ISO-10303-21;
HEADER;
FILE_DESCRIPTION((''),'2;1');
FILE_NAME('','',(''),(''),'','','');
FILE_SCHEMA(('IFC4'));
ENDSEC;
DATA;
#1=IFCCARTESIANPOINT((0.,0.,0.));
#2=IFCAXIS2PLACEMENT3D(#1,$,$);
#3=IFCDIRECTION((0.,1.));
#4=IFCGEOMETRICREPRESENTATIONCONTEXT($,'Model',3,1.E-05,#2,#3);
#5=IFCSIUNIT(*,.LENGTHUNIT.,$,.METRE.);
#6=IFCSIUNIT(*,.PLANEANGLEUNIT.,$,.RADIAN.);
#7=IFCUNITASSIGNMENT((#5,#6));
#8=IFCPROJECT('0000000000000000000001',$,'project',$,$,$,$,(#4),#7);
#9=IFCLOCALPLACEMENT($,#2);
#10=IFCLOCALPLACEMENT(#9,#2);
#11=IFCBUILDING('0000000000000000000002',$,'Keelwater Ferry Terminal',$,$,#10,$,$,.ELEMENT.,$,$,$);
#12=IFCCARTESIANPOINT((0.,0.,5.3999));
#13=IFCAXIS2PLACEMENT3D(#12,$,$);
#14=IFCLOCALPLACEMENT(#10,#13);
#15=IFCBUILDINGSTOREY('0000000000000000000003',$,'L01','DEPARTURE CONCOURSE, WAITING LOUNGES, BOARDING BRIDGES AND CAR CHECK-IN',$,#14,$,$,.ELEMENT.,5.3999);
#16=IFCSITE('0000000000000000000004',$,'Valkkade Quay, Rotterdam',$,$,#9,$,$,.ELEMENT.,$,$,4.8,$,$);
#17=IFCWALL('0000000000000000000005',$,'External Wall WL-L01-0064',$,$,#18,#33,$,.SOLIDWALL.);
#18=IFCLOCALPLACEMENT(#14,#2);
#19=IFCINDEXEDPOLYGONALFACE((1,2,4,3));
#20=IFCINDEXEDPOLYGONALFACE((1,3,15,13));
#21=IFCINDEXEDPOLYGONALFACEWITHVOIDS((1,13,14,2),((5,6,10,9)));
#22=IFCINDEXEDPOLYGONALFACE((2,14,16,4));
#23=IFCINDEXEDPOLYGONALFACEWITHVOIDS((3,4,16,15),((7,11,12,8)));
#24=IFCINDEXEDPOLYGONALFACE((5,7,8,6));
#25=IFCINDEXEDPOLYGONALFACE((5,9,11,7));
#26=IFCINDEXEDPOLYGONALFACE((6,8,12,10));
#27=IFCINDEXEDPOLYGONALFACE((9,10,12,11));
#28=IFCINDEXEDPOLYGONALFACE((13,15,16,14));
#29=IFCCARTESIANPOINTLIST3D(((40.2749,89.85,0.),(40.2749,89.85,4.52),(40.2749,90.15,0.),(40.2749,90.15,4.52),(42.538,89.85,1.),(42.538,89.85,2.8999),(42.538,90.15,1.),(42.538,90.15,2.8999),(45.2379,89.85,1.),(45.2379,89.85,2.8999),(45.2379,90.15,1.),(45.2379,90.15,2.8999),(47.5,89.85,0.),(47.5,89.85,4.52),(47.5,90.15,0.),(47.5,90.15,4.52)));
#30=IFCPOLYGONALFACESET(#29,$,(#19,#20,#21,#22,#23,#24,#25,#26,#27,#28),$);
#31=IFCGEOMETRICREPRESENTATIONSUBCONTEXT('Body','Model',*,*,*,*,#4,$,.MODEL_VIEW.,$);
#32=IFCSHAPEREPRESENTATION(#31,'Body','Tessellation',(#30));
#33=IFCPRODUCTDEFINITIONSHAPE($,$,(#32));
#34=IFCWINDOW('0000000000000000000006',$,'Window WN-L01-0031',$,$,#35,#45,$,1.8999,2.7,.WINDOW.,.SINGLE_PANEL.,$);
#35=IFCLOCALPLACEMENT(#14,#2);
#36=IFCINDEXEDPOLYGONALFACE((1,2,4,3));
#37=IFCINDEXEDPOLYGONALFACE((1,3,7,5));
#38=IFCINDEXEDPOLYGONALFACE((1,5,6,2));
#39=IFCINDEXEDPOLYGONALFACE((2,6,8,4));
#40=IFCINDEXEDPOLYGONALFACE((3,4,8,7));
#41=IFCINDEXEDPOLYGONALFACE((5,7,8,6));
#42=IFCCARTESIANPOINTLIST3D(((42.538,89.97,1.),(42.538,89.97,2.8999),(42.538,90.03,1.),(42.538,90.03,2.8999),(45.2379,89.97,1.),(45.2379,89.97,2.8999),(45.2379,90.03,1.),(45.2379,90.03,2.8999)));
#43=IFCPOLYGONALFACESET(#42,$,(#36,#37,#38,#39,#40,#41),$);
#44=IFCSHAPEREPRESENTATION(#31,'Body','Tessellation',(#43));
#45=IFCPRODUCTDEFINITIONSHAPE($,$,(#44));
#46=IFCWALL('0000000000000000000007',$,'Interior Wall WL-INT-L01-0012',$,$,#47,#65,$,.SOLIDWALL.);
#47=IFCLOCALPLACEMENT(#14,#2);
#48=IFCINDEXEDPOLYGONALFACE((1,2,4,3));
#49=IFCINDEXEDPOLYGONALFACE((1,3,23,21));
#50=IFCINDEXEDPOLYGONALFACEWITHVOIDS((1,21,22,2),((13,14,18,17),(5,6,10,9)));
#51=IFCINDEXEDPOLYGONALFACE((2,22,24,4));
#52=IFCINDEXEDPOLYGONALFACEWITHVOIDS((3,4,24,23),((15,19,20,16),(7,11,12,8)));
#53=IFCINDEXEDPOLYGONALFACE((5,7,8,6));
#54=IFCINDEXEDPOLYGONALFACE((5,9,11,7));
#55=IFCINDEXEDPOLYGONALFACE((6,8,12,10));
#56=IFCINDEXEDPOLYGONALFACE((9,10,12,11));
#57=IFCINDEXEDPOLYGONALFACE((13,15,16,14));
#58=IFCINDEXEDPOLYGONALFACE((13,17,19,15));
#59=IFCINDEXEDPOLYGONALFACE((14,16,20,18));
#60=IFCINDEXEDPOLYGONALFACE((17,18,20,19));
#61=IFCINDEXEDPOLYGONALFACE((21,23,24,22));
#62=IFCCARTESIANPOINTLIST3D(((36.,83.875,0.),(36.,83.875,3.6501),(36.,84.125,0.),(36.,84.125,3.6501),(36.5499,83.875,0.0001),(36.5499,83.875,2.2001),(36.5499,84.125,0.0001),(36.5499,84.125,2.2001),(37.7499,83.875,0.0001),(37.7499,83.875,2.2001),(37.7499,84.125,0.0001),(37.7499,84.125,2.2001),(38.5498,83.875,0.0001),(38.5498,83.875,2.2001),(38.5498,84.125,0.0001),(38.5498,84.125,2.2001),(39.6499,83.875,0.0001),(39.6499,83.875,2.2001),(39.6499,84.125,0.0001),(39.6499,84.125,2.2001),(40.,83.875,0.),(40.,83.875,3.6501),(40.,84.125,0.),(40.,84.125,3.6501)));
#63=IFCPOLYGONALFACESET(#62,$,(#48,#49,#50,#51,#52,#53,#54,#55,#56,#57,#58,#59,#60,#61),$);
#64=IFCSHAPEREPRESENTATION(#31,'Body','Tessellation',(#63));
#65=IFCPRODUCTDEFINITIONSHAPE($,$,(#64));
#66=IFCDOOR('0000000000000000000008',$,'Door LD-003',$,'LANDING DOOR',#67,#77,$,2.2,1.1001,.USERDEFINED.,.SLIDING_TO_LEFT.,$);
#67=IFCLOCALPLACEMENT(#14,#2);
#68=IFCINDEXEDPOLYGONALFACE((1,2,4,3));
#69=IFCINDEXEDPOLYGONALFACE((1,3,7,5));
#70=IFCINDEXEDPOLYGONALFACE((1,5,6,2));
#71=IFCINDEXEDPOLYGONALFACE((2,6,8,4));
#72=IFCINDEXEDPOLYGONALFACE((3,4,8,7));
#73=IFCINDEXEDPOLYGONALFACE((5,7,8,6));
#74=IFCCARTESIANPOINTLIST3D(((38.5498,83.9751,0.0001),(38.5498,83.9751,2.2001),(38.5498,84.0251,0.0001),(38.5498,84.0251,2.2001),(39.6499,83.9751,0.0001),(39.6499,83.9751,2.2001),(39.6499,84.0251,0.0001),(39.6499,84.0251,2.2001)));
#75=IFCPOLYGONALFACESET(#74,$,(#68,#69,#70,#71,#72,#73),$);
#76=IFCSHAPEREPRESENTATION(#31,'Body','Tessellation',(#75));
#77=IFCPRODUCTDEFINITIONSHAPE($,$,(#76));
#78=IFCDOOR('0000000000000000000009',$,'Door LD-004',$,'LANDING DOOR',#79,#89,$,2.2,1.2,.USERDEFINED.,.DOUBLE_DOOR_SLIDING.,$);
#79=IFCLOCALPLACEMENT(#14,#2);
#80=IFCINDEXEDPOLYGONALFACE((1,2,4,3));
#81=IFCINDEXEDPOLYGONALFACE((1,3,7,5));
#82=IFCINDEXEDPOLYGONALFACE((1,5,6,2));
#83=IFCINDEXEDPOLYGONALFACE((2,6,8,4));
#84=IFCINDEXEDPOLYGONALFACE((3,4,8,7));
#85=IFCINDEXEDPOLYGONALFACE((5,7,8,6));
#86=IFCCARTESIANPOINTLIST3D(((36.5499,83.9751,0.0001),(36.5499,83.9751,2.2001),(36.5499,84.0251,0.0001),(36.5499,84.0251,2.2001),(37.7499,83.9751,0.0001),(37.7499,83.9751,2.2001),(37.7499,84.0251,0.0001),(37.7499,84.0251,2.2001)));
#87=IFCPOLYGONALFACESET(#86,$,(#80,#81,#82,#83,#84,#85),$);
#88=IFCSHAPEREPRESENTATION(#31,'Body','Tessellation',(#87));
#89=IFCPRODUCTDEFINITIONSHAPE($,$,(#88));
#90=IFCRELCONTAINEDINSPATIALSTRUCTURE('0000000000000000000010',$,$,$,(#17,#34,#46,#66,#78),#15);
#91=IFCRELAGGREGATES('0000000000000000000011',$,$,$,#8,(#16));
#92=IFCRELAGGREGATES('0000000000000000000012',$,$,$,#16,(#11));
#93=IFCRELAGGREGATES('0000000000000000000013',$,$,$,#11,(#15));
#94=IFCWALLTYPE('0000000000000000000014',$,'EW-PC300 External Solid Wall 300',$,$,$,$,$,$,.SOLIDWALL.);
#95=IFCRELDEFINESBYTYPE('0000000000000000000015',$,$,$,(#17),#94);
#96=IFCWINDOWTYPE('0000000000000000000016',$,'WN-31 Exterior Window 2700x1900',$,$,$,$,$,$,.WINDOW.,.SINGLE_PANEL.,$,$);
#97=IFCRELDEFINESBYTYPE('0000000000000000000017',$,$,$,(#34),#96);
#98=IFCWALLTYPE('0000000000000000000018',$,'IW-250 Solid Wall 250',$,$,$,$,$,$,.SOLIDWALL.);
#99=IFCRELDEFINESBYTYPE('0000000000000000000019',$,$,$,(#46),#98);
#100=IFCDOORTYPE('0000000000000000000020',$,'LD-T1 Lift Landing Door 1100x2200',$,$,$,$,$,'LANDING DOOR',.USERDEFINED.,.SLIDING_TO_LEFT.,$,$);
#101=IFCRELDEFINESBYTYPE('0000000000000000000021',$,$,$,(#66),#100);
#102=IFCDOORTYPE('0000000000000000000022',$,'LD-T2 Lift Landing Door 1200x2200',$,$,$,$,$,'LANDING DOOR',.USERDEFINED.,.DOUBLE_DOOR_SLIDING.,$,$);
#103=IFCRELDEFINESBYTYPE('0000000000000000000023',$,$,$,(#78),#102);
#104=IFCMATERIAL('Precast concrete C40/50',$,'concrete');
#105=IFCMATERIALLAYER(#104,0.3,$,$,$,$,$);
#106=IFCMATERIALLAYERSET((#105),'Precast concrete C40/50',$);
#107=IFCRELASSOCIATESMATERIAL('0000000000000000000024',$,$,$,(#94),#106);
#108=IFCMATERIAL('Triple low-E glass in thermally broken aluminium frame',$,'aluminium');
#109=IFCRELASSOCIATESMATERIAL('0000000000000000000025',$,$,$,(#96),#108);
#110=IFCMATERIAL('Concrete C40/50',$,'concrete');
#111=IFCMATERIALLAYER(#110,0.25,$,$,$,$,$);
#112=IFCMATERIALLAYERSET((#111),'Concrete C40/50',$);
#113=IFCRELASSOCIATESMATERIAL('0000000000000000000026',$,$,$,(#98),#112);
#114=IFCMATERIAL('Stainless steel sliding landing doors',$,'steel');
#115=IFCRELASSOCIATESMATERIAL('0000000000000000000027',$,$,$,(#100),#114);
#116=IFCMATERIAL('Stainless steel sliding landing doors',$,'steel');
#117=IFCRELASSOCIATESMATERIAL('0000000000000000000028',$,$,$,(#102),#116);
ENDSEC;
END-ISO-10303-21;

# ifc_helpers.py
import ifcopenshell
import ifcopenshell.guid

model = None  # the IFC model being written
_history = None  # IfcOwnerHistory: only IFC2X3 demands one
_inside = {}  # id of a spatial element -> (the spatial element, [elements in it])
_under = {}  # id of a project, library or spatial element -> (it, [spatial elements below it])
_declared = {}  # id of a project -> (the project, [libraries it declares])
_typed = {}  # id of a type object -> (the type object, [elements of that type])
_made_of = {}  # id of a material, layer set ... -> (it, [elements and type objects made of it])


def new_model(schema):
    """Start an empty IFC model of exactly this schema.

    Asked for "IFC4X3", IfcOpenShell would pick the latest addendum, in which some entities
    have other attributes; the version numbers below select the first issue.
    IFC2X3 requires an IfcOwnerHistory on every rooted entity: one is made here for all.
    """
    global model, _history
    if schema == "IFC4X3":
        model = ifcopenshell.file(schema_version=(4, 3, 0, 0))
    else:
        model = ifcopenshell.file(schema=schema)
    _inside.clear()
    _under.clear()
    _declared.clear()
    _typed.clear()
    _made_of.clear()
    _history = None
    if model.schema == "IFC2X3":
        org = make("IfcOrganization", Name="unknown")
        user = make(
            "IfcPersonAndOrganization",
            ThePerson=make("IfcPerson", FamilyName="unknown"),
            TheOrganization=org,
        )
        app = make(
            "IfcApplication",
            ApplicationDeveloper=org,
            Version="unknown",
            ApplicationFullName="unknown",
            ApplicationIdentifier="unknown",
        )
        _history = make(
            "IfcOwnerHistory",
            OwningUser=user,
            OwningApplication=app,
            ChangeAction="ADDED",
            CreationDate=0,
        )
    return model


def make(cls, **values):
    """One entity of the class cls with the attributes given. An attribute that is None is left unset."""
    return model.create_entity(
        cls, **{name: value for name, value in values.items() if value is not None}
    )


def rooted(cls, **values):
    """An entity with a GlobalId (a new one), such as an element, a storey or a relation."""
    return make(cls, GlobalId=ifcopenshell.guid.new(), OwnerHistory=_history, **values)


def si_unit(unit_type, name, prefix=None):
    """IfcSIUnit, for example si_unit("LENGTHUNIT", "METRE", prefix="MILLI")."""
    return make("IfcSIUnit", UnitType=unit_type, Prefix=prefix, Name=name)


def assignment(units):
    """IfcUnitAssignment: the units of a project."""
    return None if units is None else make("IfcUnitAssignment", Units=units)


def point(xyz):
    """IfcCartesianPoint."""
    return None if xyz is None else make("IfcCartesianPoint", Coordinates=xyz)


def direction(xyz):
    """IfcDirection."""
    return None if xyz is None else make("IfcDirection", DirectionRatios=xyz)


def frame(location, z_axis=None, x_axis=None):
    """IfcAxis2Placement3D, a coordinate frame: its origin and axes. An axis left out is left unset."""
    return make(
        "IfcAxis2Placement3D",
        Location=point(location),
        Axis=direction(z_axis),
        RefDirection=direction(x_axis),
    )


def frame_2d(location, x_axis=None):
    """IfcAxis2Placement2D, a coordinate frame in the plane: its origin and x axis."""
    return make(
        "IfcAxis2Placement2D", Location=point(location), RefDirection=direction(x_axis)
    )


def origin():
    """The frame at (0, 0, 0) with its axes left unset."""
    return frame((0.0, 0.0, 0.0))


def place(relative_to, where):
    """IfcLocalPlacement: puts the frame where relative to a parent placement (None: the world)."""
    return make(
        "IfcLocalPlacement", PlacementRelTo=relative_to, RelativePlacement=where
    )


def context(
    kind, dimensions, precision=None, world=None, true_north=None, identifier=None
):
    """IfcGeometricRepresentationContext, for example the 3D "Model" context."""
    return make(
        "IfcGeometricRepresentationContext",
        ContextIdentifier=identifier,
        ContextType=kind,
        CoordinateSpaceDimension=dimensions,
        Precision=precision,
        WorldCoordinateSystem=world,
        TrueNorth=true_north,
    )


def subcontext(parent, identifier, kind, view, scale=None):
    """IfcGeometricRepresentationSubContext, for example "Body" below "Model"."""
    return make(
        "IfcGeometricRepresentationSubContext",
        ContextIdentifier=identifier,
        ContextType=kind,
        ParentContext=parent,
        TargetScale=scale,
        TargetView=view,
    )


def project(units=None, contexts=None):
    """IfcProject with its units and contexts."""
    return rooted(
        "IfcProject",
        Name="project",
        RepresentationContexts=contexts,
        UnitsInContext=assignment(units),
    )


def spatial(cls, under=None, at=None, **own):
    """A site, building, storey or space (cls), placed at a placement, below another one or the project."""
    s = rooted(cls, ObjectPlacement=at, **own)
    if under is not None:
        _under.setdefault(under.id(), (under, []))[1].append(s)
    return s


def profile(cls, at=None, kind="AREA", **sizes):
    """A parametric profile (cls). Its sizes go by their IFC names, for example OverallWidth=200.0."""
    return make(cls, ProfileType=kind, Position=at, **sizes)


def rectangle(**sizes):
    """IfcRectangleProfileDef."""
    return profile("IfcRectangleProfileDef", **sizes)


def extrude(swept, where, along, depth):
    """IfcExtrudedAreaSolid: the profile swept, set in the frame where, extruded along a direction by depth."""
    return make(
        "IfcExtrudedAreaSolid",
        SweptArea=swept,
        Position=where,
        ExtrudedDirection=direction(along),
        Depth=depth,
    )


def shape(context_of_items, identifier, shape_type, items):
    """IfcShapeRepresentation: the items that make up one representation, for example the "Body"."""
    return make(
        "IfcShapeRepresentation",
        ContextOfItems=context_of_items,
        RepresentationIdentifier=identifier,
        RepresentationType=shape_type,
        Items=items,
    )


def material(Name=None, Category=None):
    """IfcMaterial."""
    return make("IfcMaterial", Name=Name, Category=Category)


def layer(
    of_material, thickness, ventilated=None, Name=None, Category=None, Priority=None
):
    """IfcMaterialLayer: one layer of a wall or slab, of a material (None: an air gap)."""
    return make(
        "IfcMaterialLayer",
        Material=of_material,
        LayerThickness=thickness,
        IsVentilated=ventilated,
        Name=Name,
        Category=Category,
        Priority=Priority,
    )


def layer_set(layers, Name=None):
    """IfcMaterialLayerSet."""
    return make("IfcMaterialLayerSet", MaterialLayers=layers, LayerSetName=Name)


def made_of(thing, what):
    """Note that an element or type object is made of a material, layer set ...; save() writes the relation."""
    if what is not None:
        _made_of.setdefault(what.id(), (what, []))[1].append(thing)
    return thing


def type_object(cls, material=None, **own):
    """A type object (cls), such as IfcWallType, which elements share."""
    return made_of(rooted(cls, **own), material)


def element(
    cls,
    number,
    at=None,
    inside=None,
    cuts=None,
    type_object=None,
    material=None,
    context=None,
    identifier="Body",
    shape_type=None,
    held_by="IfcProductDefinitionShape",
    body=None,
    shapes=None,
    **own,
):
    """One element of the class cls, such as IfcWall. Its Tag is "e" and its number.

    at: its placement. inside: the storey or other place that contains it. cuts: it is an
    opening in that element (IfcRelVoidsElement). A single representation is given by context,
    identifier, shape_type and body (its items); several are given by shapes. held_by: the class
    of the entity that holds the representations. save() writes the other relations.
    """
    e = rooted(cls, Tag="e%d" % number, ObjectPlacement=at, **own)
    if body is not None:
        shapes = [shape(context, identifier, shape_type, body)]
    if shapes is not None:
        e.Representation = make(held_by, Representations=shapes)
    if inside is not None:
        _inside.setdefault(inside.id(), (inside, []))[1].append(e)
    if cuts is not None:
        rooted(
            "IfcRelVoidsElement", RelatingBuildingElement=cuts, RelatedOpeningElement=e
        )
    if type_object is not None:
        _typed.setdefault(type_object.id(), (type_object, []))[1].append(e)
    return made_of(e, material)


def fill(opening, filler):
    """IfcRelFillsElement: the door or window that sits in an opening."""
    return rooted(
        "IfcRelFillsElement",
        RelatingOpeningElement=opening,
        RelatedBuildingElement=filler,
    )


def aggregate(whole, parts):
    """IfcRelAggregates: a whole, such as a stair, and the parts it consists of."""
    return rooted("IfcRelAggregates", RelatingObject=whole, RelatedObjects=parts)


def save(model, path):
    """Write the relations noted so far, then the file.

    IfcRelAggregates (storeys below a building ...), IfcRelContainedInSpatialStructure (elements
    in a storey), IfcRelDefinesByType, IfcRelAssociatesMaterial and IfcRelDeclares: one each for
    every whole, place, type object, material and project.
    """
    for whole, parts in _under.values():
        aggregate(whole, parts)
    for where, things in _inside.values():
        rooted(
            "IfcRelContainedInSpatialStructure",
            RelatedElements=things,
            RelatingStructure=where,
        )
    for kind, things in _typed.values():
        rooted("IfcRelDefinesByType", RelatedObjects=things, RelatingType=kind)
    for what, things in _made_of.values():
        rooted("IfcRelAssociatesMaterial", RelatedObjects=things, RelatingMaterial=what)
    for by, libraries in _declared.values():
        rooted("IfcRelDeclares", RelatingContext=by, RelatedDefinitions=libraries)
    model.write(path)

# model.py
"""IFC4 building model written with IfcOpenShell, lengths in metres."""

from ifc_helpers import new_model, si_unit, direction, frame, frame_2d, origin, place, context, subcontext, project, spatial, rectangle, extrude, material, layer, layer_set, type_object, element, fill, save


model = new_model("IFC4")

# Units and contexts
model_context = context("Model", 3, precision=1e-05, world=origin(), true_north=direction((0.0, 1.0)))
body_context = subcontext(model_context, "Body", "Model", "MODEL_VIEW")
ifc_project = project(units=[si_unit("LENGTHUNIT", "METRE"), si_unit("PLANEANGLEUNIT", "RADIAN")], contexts=[model_context])

# Site, building, storey
site_placement = place(None, origin())
site = spatial("IfcSite", under=ifc_project, at=site_placement, Name="Valkkade Quay, Rotterdam", CompositionType="ELEMENT", RefElevation=4.8)
building_placement = place(site_placement, origin())
building = spatial("IfcBuilding", under=site, at=building_placement, Name="Keelwater Ferry Terminal", CompositionType="ELEMENT")
storey_placement = place(building_placement, frame((0.0, 0.0, 5.3999)))
storey = spatial("IfcBuildingStorey", under=building, at=storey_placement, Name="L01", Description="DEPARTURE CONCOURSE, WAITING LOUNGES, BOARDING BRIDGES AND CAR CHECK-IN", CompositionType="ELEMENT", Elevation=5.3999)

# Wall, opening, window
ifc_material_1 = material(Name="Precast concrete C40/50", Category="concrete")
ifc_layer_1 = layer(ifc_material_1, 0.3)
ifc_layer_set_1 = layer_set([ifc_layer_1], Name="Precast concrete C40/50")
wall_type_1 = type_object("IfcWallType", Name="EW-PC300 External Solid Wall 300", PredefinedType="SOLIDWALL", material=ifc_layer_set_1)
wall_1_placement = place(storey_placement, frame((40.2749, 90.0, 0.0), z_axis=(0.0, 0.0, 1.0), x_axis=(1.0, 0.0, 0.0)))
wall_1 = element("IfcWall", 1, at=wall_1_placement, inside=storey, type_object=wall_type_1, Name="External Wall WL-L01-0064", PredefinedType="SOLIDWALL", context=body_context, shape_type="SweptSolid", body=[
    extrude(rectangle(XDim=7.2251, YDim=0.3, at=frame_2d((3.6125, 0.0))), origin(), (0.0, 0.0, 1.0), 4.52),
])
opening_1_placement = place(wall_1_placement, frame((2.2629, 0.0, 1.0)))
opening_1 = element("IfcOpeningElement", 2, at=opening_1_placement, cuts=wall_1, PredefinedType="OPENING", context=body_context, shape_type="SweptSolid", body=[
    extrude(rectangle(XDim=2.7, YDim=1.8999, at=frame_2d((1.3501, 0.95))), frame((0.0, 0.1599, 0.0), z_axis=(0.0, -1.0, 0.0), x_axis=(1.0, 0.0, 0.0)), (0.0, 0.0, 1.0), 0.3201),
])
ifc_material_2 = material(Name="Triple low-E glass in thermally broken aluminium frame", Category="aluminium")
window_type = type_object("IfcWindowType", Name="WN-31 Exterior Window 2700x1900", PartitioningType="SINGLE_PANEL", PredefinedType="WINDOW", material=ifc_material_2)
window_placement = place(opening_1_placement, origin())
window = element("IfcWindow", 3, at=window_placement, inside=storey, type_object=window_type, Name="Window WN-L01-0031", OverallHeight=1.8999, OverallWidth=2.7, PartitioningType="SINGLE_PANEL", PredefinedType="WINDOW", context=body_context, shape_type="SweptSolid", body=[
    extrude(rectangle(XDim=2.7, YDim=1.8999, at=frame_2d((1.3501, 0.95))), frame((0.0, 0.03, 0.0), z_axis=(0.0, -1.0, 0.0), x_axis=(1.0, 0.0, 0.0)), (0.0, 0.0, 1.0), 0.0601),
])
fill(opening_1, window)

# Wall, openings, doors
ifc_material_3 = material(Name="Concrete C40/50", Category="concrete")
ifc_layer_2 = layer(ifc_material_3, 0.25)
ifc_layer_set_2 = layer_set([ifc_layer_2], Name="Concrete C40/50")
wall_type_2 = type_object("IfcWallType", Name="IW-250 Solid Wall 250", PredefinedType="SOLIDWALL", material=ifc_layer_set_2)
wall_2_placement = place(storey_placement, frame((40.0, 84.0, 0.0), z_axis=(0.0, 0.0, 1.0), x_axis=(-1.0, 0.0, 0.0)))
wall_2 = element("IfcWall", 4, at=wall_2_placement, inside=storey, type_object=wall_type_2, Name="Interior Wall WL-INT-L01-0012", PredefinedType="SOLIDWALL", context=body_context, shape_type="SweptSolid", body=[
    extrude(rectangle(XDim=4.0, YDim=0.25, at=frame_2d((2.0, 0.0))), origin(), (0.0, 0.0, 1.0), 3.6501),
])
opening_2_placement = place(wall_2_placement, frame((0.3501, 0.0, 0.0)))
opening_2 = element("IfcOpeningElement", 5, at=opening_2_placement, cuts=wall_2, PredefinedType="OPENING", context=body_context, shape_type="SweptSolid", body=[
    extrude(rectangle(XDim=1.1001, YDim=2.2, at=frame_2d((0.55, 1.1001))), frame((0.0, 0.135, 0.0), z_axis=(0.0, -1.0, 0.0), x_axis=(1.0, 0.0, 0.0)), (0.0, 0.0, 1.0), 0.27),
])
opening_3_placement = place(wall_2_placement, frame((2.25, 0.0, 0.0)))
opening_3 = element("IfcOpeningElement", 6, at=opening_3_placement, cuts=wall_2, PredefinedType="OPENING", context=body_context, shape_type="SweptSolid", body=[
    extrude(rectangle(XDim=1.2, YDim=2.2, at=frame_2d((0.6001, 1.1001))), frame((0.0, 0.135, 0.0), z_axis=(0.0, -1.0, 0.0), x_axis=(1.0, 0.0, 0.0)), (0.0, 0.0, 1.0), 0.27),
])
ifc_material_4 = material(Name="Stainless steel sliding landing doors", Category="steel")
door_type_1 = type_object("IfcDoorType", Name="LD-T1 Lift Landing Door 1100x2200", ElementType="LANDING DOOR", OperationType="SLIDING_TO_LEFT", PredefinedType="USERDEFINED", material=ifc_material_4)
door_1_placement = place(opening_2_placement, origin())
door_1 = element("IfcDoor", 7, at=door_1_placement, inside=storey, type_object=door_type_1, Name="Door LD-003", ObjectType="LANDING DOOR", OperationType="SLIDING_TO_LEFT", OverallHeight=2.2, OverallWidth=1.1001, PredefinedType="USERDEFINED", context=body_context, shape_type="SweptSolid", body=[
    extrude(rectangle(XDim=1.1001, YDim=2.2, at=frame_2d((0.55, 1.1001))), frame((0.0, 0.0249, 0.0), z_axis=(0.0, -1.0, 0.0), x_axis=(1.0, 0.0, 0.0)), (0.0, 0.0, 1.0), 0.05),
])
fill(opening_2, door_1)
ifc_material_5 = material(Name="Stainless steel sliding landing doors", Category="steel")
door_type_2 = type_object("IfcDoorType", Name="LD-T2 Lift Landing Door 1200x2200", ElementType="LANDING DOOR", OperationType="DOUBLE_DOOR_SLIDING", PredefinedType="USERDEFINED", material=ifc_material_5)
door_2_placement = place(opening_3_placement, origin())
door_2 = element("IfcDoor", 8, at=door_2_placement, inside=storey, type_object=door_type_2, Name="Door LD-004", ObjectType="LANDING DOOR", OperationType="DOUBLE_DOOR_SLIDING", OverallHeight=2.2, OverallWidth=1.2, PredefinedType="USERDEFINED", context=body_context, shape_type="SweptSolid", body=[
    extrude(rectangle(XDim=1.2, YDim=2.2, at=frame_2d((0.6001, 1.1001))), frame((0.0, 0.0249, 0.0), z_axis=(0.0, -1.0, 0.0), x_axis=(1.0, 0.0, 0.0)), (0.0, 0.0, 1.0), 0.05),
])
fill(opening_3, door_2)

save(model, "model.ifc")
